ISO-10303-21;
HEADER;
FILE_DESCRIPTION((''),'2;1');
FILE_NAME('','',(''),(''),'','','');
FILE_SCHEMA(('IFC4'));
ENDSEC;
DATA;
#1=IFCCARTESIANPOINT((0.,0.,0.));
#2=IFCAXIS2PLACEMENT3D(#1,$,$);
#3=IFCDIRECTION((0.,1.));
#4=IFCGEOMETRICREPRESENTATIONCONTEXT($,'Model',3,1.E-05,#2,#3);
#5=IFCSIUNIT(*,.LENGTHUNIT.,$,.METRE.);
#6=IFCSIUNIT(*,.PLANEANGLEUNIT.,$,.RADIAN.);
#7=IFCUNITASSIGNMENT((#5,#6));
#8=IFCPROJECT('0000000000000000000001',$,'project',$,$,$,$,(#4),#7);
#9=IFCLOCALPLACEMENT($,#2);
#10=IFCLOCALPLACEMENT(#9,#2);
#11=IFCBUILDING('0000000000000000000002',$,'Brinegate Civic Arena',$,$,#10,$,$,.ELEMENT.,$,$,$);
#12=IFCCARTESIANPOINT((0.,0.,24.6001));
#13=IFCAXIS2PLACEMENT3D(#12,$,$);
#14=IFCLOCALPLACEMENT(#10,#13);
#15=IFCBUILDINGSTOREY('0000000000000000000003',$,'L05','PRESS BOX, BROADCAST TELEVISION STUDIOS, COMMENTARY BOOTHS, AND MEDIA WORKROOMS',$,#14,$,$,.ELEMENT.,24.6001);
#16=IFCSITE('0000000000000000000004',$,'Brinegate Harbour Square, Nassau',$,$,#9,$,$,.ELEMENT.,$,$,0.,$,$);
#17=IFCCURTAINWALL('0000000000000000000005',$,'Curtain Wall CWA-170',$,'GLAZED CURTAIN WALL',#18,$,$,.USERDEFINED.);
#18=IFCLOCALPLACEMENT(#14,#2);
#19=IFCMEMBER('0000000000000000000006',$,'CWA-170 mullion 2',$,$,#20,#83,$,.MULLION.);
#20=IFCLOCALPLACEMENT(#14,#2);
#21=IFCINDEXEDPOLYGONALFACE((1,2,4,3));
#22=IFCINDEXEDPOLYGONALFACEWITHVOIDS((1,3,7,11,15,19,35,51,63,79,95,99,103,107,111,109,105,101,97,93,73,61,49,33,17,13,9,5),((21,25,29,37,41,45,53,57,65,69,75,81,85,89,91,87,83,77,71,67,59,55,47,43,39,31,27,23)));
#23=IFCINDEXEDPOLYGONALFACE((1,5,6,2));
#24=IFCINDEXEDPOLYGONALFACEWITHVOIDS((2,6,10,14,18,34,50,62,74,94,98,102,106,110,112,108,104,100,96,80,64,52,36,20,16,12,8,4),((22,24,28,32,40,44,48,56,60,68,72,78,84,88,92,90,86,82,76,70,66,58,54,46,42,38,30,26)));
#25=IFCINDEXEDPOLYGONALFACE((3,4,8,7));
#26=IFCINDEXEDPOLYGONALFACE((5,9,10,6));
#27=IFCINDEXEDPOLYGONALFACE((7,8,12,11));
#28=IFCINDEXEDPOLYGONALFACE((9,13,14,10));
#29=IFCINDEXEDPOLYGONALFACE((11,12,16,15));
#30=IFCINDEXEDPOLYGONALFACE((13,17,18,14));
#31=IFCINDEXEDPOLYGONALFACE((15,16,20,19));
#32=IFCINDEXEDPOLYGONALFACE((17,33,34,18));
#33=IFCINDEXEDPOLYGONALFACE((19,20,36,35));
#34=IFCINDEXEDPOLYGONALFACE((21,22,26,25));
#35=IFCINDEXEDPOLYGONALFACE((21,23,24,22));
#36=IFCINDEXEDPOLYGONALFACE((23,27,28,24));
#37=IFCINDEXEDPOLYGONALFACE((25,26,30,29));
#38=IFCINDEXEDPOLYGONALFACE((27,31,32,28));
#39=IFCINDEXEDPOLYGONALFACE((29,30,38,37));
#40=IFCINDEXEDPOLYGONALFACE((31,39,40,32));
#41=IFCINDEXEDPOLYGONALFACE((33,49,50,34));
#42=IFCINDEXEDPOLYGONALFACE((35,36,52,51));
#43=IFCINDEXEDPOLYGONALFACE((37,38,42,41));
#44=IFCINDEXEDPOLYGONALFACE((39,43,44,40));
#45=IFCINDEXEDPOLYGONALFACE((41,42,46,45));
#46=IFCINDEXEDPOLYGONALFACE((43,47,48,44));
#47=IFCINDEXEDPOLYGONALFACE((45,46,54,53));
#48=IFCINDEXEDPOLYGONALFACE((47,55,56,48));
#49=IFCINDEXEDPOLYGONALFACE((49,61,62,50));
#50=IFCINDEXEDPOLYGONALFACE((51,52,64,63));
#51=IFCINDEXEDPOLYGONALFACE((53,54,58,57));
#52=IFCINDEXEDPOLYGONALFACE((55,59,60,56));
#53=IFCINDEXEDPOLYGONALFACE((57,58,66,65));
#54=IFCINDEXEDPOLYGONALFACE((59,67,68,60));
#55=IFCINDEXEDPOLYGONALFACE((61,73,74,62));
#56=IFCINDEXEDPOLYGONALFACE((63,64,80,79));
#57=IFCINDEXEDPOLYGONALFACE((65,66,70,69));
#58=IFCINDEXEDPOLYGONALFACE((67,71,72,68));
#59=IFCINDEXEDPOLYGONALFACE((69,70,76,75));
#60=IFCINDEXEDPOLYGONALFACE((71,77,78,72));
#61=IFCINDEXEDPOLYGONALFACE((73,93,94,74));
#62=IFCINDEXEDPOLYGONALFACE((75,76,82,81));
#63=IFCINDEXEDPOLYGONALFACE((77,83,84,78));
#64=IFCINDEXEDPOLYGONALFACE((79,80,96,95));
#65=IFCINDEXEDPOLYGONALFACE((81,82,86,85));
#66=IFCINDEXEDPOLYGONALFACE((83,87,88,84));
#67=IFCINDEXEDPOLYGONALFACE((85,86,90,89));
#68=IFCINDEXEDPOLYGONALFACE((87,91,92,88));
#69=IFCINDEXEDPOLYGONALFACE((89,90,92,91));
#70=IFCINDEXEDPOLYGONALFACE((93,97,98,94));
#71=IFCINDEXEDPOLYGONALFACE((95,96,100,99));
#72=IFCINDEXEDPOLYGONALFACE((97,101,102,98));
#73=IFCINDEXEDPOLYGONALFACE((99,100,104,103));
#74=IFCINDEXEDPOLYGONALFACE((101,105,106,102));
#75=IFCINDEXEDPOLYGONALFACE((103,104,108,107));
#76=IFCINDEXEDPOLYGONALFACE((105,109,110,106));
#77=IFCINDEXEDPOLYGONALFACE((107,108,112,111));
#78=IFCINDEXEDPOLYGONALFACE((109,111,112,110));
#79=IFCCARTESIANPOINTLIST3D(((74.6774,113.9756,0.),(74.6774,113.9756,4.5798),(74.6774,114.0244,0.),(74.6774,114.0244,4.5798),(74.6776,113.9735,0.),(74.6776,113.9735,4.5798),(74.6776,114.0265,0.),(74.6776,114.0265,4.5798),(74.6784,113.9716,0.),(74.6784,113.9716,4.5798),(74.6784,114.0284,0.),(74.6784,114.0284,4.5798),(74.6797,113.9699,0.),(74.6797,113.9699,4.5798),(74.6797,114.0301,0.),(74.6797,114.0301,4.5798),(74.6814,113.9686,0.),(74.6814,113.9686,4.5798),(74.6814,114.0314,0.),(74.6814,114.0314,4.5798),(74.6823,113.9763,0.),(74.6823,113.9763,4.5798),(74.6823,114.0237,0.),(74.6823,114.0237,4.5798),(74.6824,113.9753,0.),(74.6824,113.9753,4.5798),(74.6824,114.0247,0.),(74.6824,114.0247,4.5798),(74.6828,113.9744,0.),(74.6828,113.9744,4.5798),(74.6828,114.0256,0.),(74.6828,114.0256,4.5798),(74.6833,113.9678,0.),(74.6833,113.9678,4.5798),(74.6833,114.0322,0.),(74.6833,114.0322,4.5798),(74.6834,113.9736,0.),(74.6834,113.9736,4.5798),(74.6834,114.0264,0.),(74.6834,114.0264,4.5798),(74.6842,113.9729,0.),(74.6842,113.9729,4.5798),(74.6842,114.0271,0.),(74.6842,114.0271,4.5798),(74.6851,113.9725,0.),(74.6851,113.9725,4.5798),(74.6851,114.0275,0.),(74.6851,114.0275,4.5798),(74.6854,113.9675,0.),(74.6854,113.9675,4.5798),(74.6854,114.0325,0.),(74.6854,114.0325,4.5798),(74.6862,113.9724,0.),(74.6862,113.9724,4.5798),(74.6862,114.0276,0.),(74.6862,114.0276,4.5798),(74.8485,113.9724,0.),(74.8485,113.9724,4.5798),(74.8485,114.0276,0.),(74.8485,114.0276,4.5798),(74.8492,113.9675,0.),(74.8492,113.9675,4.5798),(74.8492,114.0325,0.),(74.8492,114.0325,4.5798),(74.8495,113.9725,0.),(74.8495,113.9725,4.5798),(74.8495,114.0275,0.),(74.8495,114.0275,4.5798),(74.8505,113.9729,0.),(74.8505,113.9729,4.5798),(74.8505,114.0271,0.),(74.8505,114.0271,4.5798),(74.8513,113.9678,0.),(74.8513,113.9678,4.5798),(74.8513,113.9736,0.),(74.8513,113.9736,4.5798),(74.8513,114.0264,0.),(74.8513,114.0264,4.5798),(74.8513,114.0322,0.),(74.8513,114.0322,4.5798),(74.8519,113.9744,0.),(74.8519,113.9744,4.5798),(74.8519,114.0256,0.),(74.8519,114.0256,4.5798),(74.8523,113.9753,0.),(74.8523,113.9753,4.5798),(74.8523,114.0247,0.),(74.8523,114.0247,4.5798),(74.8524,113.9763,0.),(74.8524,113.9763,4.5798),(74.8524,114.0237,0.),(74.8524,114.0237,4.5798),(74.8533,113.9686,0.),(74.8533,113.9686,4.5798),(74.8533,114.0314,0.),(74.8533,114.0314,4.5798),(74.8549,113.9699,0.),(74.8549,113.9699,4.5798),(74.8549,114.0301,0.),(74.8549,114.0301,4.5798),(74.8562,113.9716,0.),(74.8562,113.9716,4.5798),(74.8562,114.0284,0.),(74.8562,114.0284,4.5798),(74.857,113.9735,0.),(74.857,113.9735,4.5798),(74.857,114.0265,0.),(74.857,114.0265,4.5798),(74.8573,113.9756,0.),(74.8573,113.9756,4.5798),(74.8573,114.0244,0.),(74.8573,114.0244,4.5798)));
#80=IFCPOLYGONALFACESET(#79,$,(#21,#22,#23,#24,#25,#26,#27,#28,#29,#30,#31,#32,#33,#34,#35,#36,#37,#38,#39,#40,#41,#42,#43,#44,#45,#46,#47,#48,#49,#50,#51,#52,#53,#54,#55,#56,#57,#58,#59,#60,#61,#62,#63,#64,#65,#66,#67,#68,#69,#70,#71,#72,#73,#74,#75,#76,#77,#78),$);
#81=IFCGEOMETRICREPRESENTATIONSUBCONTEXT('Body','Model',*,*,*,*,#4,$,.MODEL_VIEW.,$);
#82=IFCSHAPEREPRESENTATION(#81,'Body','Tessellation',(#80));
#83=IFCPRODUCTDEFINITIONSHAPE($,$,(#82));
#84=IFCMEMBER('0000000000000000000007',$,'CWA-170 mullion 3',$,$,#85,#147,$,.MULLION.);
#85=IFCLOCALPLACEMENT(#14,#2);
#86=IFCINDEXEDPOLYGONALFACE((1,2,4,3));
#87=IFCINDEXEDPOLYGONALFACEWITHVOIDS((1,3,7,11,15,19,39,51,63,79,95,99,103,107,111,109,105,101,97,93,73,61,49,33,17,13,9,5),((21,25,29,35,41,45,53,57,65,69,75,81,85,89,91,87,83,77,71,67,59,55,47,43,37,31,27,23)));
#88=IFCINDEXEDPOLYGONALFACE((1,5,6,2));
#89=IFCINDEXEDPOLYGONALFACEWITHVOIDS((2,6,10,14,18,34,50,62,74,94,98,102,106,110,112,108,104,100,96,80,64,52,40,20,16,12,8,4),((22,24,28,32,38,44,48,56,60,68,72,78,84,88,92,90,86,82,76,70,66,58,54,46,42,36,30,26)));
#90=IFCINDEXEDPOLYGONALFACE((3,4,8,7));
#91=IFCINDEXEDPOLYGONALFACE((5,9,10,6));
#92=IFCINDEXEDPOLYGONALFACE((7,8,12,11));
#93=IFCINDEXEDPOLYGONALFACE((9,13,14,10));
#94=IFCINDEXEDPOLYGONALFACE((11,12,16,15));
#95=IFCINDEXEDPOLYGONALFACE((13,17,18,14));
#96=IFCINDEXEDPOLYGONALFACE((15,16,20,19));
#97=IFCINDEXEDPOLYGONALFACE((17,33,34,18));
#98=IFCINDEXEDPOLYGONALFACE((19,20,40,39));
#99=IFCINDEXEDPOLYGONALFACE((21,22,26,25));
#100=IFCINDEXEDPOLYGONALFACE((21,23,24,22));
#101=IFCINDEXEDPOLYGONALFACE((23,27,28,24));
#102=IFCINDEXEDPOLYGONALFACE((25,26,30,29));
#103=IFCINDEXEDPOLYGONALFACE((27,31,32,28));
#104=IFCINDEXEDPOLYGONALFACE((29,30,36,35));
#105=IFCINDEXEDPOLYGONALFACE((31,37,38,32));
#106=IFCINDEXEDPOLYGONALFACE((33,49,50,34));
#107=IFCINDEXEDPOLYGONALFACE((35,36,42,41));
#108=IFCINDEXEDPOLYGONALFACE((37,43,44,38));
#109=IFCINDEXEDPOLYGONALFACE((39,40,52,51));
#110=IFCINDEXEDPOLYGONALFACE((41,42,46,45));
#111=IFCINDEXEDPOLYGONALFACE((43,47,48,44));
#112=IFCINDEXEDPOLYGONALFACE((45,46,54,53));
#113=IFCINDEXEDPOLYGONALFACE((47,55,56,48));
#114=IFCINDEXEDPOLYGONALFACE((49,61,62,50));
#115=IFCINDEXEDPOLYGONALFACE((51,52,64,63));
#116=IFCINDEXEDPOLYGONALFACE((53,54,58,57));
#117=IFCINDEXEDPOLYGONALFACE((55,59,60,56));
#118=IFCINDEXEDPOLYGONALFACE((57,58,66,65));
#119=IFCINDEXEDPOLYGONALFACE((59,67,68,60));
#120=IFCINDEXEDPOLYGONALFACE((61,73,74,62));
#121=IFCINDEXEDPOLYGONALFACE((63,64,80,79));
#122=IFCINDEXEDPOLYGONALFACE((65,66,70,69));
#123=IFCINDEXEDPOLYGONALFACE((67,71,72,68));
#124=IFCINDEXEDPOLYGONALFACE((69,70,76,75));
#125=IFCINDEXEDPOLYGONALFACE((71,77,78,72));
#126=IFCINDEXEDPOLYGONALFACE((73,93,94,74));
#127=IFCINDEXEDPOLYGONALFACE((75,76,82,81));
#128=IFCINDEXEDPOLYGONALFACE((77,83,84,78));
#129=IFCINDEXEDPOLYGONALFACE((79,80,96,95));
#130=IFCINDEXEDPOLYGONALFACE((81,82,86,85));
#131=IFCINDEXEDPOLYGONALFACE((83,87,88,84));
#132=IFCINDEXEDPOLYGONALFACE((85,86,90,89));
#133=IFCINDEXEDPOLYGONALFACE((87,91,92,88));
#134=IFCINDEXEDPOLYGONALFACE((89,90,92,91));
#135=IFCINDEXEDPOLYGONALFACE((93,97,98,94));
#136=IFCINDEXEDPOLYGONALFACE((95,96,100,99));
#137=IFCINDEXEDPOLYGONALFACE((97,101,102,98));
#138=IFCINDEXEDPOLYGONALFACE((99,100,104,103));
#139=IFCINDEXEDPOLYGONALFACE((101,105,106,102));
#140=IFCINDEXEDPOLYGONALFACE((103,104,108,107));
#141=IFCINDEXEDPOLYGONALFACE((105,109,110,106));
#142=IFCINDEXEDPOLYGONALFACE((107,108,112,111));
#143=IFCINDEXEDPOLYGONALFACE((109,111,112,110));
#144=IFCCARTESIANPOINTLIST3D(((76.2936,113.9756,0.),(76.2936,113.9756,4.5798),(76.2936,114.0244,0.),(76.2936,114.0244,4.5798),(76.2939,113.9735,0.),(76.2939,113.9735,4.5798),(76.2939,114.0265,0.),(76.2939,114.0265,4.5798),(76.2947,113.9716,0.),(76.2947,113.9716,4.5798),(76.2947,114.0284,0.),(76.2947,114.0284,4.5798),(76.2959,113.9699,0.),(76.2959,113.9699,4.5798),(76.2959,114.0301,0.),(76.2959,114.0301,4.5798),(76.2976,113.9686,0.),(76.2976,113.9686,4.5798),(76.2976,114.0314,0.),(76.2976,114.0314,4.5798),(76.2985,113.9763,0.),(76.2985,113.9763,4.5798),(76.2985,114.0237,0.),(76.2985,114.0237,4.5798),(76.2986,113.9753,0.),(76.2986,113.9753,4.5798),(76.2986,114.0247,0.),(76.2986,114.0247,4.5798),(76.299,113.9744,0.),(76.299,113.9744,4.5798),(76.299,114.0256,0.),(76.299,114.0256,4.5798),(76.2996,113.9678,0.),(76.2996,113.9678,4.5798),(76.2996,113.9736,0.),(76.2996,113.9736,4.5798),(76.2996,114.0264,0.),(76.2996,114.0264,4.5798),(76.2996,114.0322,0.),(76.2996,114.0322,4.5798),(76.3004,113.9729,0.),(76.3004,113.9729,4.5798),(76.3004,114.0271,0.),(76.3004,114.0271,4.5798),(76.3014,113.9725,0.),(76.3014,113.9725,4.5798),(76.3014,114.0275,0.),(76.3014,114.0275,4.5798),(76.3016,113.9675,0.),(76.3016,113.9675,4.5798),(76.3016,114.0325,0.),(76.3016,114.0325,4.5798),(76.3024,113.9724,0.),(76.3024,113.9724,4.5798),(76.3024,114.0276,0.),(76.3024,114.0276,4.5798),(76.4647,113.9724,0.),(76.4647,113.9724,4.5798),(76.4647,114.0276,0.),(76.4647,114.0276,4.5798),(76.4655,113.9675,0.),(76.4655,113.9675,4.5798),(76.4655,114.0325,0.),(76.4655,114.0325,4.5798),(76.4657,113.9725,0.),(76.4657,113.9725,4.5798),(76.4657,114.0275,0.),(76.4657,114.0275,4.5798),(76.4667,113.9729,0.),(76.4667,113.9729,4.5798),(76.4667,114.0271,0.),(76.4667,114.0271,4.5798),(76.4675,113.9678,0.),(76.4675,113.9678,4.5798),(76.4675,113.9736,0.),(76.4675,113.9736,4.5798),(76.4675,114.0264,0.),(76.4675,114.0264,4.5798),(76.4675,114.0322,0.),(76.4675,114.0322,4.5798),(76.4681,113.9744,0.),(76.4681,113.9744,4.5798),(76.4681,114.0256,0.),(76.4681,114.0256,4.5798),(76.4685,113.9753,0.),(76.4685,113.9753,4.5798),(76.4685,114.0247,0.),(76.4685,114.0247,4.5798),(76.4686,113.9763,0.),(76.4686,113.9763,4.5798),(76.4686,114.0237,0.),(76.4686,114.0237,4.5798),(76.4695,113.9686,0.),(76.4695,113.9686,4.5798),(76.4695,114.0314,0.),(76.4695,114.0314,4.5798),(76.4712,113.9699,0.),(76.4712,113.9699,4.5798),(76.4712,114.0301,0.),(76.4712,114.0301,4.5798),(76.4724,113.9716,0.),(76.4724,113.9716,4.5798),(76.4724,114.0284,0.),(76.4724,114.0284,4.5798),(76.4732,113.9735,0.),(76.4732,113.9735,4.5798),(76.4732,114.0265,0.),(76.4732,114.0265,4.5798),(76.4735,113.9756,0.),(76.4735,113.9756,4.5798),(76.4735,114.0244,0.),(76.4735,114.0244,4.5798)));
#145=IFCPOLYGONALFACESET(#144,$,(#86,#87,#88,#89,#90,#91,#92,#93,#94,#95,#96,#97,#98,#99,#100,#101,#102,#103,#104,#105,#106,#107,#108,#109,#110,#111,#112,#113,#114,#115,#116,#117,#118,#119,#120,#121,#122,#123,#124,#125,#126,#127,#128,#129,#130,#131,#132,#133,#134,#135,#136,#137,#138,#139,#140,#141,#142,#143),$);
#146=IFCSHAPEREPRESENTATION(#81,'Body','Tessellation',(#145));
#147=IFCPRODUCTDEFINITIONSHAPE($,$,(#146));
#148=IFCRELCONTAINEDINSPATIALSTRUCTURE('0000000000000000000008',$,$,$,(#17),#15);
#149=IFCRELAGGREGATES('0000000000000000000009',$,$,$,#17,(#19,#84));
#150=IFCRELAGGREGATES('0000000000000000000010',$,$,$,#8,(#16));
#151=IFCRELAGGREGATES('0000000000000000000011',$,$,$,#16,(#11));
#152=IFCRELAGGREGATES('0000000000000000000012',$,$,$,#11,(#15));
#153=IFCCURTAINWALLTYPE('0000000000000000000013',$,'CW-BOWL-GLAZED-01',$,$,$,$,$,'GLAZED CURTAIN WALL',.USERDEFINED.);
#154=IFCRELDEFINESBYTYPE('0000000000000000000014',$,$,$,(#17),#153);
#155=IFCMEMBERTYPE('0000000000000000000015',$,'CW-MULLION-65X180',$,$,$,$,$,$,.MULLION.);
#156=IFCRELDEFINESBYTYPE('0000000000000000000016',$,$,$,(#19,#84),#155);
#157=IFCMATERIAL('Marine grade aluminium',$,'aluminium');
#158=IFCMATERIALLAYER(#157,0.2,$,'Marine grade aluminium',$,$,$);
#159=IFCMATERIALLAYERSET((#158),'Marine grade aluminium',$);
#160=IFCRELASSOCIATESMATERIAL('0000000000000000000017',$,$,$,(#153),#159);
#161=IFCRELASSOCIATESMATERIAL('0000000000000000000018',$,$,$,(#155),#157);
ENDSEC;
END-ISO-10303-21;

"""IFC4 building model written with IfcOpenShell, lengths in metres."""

from ifc_helpers import new_model, si_unit, direction, frame, origin, origin_2d, place, context, subcontext, project, spatial, hollow_rectangle, extrude, material, layer, layer_set, material_profile, profile_set, type_object, element, aggregate, save


model = new_model("IFC4")

# Units and contexts
model_context = context("Model", 3, precision=1e-05, world=origin(), true_north=direction((0.0, 1.0)))
body_context = subcontext(model_context, "Body", "Model", "MODEL_VIEW")
ifc_project = project(units=[si_unit("LENGTHUNIT", "METRE"), si_unit("PLANEANGLEUNIT", "RADIAN")], contexts=[model_context])

# Site, building, storey
site_placement = place(None, origin())
site = spatial("IfcSite", under=ifc_project, at=site_placement, Name="Brinegate Harbour Square, Nassau", CompositionType="ELEMENT", RefElevation=0.0)
building_placement = place(site_placement, origin())
building = spatial("IfcBuilding", under=site, at=building_placement, Name="Brinegate Civic Arena", CompositionType="ELEMENT")
storey_placement = place(building_placement, frame((0.0, 0.0, 24.6001)))
storey = spatial("IfcBuildingStorey", under=building, at=storey_placement, Name="L05", Description="PRESS BOX, BROADCAST TELEVISION STUDIOS, COMMENTARY BOOTHS, AND MEDIA WORKROOMS", CompositionType="ELEMENT", Elevation=24.6001)

# Curtain wall, members
ifc_material_1 = material(Name="Marine grade aluminium", Category="aluminium")
ifc_layer_1 = layer(ifc_material_1, 0.2, Name="Marine grade aluminium")
ifc_layer_set_1 = layer_set([ifc_layer_1], Name="Marine grade aluminium")
curtain_wall_type = type_object("IfcCurtainWallType", Name="CW-BOWL-GLAZED-01", ElementType="GLAZED CURTAIN WALL", PredefinedType="USERDEFINED", material=ifc_layer_set_1)
curtain_wall_placement = place(storey_placement, origin())
curtain_wall = element("IfcCurtainWall", 1, at=curtain_wall_placement, inside=storey, type_object=curtain_wall_type, Name="Curtain Wall CWA-170", ObjectType="GLAZED CURTAIN WALL", PredefinedType="USERDEFINED")
ifc_material_profile_1 = material_profile(ifc_material_1, hollow_rectangle(XDim=0.0649, YDim=0.1799, WallThickness=0.0049, InnerFilletRadius=0.0039, OuterFilletRadius=0.0081, at=origin_2d()), Name="MUL65X180")
ifc_profile_set_1 = profile_set([ifc_material_profile_1], Name="Marine grade aluminium")
member_type_1 = type_object("IfcMemberType", Name="CW-MULLION-65X180", PredefinedType="MULLION", material=ifc_profile_set_1)
member_1_placement = place(storey_placement, frame((74.7673, 114.0, 0.0), z_axis=(0.0, 0.0, 1.0), x_axis=(0.0, 1.0, 0.0)))
member_1 = element("IfcMember", 2, at=member_1_placement, type_object=member_type_1, Name="CWA-170 mullion 2", PredefinedType="MULLION", context=body_context, shape_type="SweptSolid", body=[
    extrude(hollow_rectangle(XDim=0.0649, YDim=0.1799, WallThickness=0.0049, InnerFilletRadius=0.0039, OuterFilletRadius=0.0081, at=origin_2d()), origin(), (0.0, 0.0, 1.0), 4.5798),
])
member_2_placement = place(storey_placement, frame((76.3835, 114.0, 0.0), z_axis=(0.0, 0.0, 1.0), x_axis=(0.0, 1.0, 0.0)))
member_2 = element("IfcMember", 3, at=member_2_placement, type_object=member_type_1, Name="CWA-170 mullion 3", PredefinedType="MULLION", context=body_context, shape_type="SweptSolid", body=[
    extrude(hollow_rectangle(XDim=0.0649, YDim=0.1799, WallThickness=0.0049, InnerFilletRadius=0.0039, OuterFilletRadius=0.0081, at=origin_2d()), origin(), (0.0, 0.0, 1.0), 4.5798),
])
aggregate(curtain_wall, [member_1, member_2])

save(model, "model.ifc")
